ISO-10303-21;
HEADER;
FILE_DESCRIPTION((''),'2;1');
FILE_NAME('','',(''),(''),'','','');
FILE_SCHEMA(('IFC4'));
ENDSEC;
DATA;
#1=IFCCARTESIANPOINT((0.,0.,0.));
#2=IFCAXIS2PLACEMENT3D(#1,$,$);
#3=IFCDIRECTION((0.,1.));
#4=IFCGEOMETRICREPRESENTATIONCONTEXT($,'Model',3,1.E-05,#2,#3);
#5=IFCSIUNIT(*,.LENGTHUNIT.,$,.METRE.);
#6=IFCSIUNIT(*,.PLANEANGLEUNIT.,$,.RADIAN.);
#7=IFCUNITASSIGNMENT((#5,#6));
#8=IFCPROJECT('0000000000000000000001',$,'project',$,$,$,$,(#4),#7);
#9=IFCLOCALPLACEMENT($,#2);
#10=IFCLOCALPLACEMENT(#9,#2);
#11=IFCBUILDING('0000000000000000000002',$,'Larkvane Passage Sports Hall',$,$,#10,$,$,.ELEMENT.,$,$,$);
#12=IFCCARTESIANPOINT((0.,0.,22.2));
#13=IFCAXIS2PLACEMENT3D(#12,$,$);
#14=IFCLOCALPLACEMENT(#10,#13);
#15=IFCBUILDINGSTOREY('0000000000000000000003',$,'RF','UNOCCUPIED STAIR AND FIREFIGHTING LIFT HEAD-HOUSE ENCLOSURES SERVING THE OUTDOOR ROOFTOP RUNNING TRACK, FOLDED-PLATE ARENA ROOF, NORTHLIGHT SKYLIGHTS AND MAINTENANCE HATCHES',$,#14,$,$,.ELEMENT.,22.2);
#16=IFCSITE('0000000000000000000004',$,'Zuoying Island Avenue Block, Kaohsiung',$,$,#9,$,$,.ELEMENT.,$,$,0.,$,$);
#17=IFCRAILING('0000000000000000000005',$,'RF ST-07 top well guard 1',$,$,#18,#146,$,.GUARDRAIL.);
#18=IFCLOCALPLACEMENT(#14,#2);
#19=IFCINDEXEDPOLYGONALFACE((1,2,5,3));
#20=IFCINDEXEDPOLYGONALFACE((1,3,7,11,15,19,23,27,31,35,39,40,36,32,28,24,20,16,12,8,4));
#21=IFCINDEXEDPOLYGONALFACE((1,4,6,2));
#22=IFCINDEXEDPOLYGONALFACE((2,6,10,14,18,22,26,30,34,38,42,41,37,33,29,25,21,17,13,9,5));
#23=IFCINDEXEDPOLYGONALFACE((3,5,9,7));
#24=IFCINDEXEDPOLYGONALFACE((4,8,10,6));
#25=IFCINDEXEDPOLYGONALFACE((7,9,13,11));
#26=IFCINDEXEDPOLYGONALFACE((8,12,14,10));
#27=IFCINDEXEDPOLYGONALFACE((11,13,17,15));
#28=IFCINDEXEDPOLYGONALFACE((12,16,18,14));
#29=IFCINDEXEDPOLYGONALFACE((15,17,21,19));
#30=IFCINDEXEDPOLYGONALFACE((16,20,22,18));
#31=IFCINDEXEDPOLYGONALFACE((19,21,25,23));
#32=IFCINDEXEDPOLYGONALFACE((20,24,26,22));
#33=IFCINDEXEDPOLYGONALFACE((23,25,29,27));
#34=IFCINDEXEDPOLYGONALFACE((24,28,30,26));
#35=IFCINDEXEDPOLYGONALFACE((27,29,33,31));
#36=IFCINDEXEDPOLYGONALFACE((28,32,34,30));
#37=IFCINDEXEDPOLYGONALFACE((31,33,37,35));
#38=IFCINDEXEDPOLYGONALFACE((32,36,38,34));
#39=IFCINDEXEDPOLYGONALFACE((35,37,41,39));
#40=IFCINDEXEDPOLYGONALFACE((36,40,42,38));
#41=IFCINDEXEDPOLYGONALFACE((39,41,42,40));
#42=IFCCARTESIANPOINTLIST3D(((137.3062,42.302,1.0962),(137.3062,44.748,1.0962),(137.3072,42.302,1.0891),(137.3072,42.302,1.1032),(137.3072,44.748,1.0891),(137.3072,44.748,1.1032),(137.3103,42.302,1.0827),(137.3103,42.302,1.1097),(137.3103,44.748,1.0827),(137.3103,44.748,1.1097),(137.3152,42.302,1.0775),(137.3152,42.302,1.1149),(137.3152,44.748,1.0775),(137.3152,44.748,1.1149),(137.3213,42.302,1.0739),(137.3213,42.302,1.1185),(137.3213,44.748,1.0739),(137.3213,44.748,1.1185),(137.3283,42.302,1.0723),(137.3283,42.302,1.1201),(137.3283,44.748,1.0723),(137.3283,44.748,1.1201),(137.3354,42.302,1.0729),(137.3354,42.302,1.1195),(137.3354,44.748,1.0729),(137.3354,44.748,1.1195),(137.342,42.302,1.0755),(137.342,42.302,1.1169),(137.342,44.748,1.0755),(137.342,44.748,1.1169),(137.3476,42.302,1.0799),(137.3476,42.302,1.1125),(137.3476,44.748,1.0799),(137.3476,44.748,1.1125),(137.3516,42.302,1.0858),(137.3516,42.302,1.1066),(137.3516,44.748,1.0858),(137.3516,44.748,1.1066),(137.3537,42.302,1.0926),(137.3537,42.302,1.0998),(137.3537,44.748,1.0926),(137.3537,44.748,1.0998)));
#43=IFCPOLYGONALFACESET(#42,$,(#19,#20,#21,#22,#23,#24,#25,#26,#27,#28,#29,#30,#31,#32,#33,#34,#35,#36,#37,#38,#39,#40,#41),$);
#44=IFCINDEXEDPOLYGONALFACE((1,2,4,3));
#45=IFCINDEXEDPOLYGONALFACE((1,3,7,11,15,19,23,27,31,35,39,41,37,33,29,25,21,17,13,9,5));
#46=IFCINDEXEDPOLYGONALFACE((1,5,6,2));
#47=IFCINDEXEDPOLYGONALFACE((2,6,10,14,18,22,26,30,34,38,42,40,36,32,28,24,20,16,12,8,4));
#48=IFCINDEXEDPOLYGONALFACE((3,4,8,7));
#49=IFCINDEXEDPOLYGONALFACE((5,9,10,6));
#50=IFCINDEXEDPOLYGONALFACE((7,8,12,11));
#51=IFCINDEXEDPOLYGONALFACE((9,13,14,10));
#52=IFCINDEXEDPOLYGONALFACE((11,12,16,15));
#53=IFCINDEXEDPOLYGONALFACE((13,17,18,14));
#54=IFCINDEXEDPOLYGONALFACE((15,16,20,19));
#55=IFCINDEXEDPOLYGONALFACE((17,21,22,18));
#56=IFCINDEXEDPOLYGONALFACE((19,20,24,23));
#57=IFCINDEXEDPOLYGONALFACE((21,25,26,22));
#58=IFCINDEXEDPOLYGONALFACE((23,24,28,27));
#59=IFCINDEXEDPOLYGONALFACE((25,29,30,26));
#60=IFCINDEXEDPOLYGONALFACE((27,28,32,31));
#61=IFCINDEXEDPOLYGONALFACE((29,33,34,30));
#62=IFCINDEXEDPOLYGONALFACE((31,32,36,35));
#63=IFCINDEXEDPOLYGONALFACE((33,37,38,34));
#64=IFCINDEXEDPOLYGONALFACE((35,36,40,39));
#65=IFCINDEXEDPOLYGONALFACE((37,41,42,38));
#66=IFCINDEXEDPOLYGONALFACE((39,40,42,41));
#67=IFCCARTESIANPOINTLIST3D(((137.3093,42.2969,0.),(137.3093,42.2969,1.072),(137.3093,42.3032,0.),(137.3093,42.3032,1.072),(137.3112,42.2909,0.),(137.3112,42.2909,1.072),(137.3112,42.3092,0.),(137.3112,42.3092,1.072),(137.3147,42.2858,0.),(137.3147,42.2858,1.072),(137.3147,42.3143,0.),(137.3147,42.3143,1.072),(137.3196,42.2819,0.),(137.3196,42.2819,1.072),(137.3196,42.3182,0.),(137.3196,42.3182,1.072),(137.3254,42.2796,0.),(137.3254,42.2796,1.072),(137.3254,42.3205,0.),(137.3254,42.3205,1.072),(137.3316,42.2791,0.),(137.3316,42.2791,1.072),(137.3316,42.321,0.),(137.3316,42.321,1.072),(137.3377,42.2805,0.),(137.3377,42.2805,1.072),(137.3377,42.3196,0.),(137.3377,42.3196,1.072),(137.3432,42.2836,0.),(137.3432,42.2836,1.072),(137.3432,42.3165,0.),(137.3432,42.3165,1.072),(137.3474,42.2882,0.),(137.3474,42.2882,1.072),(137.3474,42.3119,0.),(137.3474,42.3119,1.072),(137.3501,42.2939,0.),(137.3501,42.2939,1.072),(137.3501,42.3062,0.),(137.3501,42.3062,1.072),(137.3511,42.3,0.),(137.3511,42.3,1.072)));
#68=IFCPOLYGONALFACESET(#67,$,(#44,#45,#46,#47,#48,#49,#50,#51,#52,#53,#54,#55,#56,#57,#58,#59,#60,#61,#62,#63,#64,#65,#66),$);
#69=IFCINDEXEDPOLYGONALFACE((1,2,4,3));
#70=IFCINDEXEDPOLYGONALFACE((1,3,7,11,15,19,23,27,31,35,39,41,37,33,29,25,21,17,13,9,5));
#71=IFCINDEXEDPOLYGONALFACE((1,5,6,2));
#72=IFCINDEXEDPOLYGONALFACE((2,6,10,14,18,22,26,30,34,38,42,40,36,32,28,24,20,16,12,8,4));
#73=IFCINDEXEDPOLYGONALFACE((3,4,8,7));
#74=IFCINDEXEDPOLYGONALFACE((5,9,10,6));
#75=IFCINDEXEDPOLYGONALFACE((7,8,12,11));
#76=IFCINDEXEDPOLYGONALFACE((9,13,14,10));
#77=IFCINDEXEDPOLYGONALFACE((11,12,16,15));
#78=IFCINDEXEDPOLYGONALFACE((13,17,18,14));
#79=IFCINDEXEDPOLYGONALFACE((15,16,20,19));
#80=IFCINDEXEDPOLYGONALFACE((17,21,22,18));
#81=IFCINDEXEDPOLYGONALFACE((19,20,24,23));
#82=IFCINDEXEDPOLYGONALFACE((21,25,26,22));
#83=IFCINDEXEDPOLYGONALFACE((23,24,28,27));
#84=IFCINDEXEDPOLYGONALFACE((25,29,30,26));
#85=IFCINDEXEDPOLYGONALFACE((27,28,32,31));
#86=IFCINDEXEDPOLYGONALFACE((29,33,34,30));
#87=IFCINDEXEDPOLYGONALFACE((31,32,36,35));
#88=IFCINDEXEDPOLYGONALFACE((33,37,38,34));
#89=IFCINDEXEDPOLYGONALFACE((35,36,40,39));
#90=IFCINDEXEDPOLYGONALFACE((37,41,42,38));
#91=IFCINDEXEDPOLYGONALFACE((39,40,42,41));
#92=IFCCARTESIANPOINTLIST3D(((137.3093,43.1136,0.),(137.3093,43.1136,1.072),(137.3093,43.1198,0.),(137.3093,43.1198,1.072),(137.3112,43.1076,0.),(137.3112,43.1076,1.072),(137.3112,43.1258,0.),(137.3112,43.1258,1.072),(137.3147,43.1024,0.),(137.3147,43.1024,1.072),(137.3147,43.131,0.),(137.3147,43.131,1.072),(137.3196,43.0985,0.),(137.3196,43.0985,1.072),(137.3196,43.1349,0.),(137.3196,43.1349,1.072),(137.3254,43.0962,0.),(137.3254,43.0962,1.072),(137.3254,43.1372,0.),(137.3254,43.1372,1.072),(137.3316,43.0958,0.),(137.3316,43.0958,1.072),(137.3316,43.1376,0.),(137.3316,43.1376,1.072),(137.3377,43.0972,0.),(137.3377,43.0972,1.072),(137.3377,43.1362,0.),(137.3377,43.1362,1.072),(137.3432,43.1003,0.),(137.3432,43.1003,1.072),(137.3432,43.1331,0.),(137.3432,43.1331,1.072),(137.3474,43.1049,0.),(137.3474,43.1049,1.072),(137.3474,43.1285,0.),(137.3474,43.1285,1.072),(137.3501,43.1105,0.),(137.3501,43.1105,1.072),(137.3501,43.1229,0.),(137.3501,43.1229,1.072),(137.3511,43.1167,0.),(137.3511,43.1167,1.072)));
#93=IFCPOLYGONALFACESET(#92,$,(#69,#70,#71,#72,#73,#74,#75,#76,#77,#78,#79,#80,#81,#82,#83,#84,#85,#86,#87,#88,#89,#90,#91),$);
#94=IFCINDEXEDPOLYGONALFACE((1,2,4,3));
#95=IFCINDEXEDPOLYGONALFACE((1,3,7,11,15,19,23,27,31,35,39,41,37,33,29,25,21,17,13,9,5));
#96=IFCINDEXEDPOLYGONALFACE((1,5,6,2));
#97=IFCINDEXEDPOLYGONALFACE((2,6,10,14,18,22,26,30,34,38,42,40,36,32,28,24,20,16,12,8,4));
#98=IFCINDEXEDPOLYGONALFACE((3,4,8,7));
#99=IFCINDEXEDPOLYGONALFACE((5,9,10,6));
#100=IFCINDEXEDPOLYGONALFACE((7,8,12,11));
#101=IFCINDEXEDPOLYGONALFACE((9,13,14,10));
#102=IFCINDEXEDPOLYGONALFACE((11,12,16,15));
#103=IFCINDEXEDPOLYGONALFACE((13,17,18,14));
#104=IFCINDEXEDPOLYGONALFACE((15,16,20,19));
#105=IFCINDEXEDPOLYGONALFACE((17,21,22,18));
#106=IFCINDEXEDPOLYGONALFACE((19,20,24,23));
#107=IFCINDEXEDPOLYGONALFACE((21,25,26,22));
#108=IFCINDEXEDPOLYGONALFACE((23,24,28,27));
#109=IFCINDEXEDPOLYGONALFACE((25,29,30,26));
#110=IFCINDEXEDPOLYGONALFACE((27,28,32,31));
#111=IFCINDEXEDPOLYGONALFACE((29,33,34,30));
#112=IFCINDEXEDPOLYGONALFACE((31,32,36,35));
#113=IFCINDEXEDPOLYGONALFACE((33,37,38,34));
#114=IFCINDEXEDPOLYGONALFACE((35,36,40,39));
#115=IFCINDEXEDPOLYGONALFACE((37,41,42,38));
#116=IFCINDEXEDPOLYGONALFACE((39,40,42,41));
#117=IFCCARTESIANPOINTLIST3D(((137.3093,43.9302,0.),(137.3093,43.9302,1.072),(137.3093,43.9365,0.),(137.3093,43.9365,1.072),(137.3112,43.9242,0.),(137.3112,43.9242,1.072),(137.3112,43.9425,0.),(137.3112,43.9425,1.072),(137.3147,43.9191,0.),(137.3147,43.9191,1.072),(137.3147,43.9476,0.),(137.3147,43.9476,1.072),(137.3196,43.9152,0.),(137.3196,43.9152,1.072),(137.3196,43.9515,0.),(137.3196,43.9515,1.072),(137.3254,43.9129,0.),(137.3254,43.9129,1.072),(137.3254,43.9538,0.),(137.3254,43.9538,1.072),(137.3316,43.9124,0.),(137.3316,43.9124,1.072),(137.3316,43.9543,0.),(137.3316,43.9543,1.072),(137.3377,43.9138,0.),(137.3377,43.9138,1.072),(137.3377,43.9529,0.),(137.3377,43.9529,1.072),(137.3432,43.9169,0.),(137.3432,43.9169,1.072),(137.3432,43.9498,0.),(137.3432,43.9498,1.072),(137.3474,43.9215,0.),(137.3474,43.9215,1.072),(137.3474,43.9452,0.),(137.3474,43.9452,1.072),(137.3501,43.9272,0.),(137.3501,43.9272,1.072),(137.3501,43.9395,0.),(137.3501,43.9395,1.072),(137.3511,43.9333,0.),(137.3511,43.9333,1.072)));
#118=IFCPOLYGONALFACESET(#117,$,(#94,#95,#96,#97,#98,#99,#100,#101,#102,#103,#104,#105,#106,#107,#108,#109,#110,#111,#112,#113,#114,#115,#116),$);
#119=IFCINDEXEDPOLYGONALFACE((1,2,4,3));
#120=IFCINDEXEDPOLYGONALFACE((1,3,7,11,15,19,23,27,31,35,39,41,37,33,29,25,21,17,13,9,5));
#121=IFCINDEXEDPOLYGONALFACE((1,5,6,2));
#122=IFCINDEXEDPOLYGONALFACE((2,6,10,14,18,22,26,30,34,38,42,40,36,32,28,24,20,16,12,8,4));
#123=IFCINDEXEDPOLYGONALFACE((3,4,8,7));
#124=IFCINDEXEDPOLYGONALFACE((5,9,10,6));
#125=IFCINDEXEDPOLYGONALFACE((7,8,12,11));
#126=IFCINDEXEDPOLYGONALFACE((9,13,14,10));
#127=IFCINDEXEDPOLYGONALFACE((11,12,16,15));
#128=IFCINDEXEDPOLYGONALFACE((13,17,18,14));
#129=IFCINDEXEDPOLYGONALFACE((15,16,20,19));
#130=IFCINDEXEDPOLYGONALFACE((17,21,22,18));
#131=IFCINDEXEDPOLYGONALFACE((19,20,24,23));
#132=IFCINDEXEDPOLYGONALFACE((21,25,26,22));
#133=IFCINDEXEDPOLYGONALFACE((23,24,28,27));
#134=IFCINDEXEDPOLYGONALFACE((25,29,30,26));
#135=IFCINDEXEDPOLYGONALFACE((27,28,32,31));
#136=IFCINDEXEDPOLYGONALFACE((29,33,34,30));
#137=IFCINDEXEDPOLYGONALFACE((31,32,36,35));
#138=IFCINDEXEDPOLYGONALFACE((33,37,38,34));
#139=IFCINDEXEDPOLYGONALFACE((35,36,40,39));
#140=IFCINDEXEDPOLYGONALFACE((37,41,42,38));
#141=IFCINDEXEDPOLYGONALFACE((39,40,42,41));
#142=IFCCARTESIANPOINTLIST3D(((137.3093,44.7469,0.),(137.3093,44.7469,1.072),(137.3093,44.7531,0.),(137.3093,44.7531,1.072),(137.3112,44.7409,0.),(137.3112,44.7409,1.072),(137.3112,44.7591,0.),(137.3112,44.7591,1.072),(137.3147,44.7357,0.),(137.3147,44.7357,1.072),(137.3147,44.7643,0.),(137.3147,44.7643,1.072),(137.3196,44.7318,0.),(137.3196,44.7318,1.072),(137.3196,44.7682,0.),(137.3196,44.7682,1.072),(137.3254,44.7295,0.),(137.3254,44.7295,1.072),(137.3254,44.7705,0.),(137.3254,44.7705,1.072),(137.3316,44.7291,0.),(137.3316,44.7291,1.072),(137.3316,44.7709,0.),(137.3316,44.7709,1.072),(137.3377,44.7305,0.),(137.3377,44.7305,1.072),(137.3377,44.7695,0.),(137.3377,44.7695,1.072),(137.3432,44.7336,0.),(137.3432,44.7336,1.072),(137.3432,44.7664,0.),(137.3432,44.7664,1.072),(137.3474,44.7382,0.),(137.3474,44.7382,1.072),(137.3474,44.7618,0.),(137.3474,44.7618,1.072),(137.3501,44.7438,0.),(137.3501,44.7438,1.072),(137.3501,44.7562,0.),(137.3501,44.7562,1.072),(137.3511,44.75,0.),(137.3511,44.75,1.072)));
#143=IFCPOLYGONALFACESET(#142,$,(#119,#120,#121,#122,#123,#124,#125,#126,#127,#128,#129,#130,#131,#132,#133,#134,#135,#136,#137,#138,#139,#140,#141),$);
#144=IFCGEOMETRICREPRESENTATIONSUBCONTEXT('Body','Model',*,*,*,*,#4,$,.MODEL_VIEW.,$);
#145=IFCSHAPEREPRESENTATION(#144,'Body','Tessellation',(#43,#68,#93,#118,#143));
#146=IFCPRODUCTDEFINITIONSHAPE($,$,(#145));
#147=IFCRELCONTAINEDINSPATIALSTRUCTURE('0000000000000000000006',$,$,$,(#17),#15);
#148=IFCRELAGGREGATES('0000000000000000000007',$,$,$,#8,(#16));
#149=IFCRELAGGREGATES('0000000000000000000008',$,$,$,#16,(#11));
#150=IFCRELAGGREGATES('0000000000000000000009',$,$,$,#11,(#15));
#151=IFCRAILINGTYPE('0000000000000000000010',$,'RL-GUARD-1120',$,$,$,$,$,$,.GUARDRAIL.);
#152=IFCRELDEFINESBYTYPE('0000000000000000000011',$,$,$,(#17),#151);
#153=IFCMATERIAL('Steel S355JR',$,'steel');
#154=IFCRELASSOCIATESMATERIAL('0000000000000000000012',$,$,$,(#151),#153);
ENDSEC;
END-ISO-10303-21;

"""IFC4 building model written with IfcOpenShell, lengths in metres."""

from ifc_helpers import new_model, si_unit, direction, frame, origin, origin_2d, place, context, subcontext, project, spatial, circle, extrude, material, type_object, element, save


model = new_model("IFC4")

# Units and contexts
model_context = context("Model", 3, precision=1e-05, world=origin(), true_north=direction((0.0, 1.0)))
body_context = subcontext(model_context, "Body", "Model", "MODEL_VIEW")
ifc_project = project(units=[si_unit("LENGTHUNIT", "METRE"), si_unit("PLANEANGLEUNIT", "RADIAN")], contexts=[model_context])

# Site, building, storey
site_placement = place(None, origin())
site = spatial("IfcSite", under=ifc_project, at=site_placement, Name="Zuoying Island Avenue Block, Kaohsiung", CompositionType="ELEMENT", RefElevation=0.0)
building_placement = place(site_placement, origin())
building = spatial("IfcBuilding", under=site, at=building_placement, Name="Larkvane Passage Sports Hall", CompositionType="ELEMENT")
storey_placement = place(building_placement, frame((0.0, 0.0, 22.2)))
storey = spatial("IfcBuildingStorey", under=building, at=storey_placement, Name="RF", Description="UNOCCUPIED STAIR AND FIREFIGHTING LIFT HEAD-HOUSE ENCLOSURES SERVING THE OUTDOOR ROOFTOP RUNNING TRACK, FOLDED-PLATE ARENA ROOF, NORTHLIGHT SKYLIGHTS AND MAINTENANCE HATCHES", CompositionType="ELEMENT", Elevation=22.2)

# Shared definitions
ifc_material_1 = material(Name="Steel S355JR", Category="steel")

# Railing
railing_type = type_object("IfcRailingType", Name="RL-GUARD-1120", PredefinedType="GUARDRAIL", material=ifc_material_1)
railing_1_placement = place(storey_placement, frame((137.3301, 42.3, 0.0)))
element("IfcRailing", 1, at=railing_1_placement, inside=storey, type_object=railing_type, Name="RF ST-07 top well guard 1", PredefinedType="GUARDRAIL", context=body_context, shape_type="SweptSolid", body=[
    extrude(circle(Radius=0.0239, at=origin_2d()), frame((0.0, 0.002, 1.0962), z_axis=(0.0, 1.0, 0.0), x_axis=(-1.0, 0.0, 0.0)), (0.0, 0.0, 1.0), 2.446),
    extrude(circle(Radius=0.021, at=origin_2d()), origin(), (0.0, 0.0, 1.0), 1.072),
    extrude(circle(Radius=0.021, at=origin_2d()), frame((0.0, 0.8167, 0.0)), (0.0, 0.0, 1.0), 1.072),
    extrude(circle(Radius=0.021, at=origin_2d()), frame((0.0, 1.6333, 0.0)), (0.0, 0.0, 1.0), 1.072),
    extrude(circle(Radius=0.021, at=origin_2d()), frame((0.0, 2.45, 0.0)), (0.0, 0.0, 1.0), 1.072),
])

save(model, "model.ifc")
